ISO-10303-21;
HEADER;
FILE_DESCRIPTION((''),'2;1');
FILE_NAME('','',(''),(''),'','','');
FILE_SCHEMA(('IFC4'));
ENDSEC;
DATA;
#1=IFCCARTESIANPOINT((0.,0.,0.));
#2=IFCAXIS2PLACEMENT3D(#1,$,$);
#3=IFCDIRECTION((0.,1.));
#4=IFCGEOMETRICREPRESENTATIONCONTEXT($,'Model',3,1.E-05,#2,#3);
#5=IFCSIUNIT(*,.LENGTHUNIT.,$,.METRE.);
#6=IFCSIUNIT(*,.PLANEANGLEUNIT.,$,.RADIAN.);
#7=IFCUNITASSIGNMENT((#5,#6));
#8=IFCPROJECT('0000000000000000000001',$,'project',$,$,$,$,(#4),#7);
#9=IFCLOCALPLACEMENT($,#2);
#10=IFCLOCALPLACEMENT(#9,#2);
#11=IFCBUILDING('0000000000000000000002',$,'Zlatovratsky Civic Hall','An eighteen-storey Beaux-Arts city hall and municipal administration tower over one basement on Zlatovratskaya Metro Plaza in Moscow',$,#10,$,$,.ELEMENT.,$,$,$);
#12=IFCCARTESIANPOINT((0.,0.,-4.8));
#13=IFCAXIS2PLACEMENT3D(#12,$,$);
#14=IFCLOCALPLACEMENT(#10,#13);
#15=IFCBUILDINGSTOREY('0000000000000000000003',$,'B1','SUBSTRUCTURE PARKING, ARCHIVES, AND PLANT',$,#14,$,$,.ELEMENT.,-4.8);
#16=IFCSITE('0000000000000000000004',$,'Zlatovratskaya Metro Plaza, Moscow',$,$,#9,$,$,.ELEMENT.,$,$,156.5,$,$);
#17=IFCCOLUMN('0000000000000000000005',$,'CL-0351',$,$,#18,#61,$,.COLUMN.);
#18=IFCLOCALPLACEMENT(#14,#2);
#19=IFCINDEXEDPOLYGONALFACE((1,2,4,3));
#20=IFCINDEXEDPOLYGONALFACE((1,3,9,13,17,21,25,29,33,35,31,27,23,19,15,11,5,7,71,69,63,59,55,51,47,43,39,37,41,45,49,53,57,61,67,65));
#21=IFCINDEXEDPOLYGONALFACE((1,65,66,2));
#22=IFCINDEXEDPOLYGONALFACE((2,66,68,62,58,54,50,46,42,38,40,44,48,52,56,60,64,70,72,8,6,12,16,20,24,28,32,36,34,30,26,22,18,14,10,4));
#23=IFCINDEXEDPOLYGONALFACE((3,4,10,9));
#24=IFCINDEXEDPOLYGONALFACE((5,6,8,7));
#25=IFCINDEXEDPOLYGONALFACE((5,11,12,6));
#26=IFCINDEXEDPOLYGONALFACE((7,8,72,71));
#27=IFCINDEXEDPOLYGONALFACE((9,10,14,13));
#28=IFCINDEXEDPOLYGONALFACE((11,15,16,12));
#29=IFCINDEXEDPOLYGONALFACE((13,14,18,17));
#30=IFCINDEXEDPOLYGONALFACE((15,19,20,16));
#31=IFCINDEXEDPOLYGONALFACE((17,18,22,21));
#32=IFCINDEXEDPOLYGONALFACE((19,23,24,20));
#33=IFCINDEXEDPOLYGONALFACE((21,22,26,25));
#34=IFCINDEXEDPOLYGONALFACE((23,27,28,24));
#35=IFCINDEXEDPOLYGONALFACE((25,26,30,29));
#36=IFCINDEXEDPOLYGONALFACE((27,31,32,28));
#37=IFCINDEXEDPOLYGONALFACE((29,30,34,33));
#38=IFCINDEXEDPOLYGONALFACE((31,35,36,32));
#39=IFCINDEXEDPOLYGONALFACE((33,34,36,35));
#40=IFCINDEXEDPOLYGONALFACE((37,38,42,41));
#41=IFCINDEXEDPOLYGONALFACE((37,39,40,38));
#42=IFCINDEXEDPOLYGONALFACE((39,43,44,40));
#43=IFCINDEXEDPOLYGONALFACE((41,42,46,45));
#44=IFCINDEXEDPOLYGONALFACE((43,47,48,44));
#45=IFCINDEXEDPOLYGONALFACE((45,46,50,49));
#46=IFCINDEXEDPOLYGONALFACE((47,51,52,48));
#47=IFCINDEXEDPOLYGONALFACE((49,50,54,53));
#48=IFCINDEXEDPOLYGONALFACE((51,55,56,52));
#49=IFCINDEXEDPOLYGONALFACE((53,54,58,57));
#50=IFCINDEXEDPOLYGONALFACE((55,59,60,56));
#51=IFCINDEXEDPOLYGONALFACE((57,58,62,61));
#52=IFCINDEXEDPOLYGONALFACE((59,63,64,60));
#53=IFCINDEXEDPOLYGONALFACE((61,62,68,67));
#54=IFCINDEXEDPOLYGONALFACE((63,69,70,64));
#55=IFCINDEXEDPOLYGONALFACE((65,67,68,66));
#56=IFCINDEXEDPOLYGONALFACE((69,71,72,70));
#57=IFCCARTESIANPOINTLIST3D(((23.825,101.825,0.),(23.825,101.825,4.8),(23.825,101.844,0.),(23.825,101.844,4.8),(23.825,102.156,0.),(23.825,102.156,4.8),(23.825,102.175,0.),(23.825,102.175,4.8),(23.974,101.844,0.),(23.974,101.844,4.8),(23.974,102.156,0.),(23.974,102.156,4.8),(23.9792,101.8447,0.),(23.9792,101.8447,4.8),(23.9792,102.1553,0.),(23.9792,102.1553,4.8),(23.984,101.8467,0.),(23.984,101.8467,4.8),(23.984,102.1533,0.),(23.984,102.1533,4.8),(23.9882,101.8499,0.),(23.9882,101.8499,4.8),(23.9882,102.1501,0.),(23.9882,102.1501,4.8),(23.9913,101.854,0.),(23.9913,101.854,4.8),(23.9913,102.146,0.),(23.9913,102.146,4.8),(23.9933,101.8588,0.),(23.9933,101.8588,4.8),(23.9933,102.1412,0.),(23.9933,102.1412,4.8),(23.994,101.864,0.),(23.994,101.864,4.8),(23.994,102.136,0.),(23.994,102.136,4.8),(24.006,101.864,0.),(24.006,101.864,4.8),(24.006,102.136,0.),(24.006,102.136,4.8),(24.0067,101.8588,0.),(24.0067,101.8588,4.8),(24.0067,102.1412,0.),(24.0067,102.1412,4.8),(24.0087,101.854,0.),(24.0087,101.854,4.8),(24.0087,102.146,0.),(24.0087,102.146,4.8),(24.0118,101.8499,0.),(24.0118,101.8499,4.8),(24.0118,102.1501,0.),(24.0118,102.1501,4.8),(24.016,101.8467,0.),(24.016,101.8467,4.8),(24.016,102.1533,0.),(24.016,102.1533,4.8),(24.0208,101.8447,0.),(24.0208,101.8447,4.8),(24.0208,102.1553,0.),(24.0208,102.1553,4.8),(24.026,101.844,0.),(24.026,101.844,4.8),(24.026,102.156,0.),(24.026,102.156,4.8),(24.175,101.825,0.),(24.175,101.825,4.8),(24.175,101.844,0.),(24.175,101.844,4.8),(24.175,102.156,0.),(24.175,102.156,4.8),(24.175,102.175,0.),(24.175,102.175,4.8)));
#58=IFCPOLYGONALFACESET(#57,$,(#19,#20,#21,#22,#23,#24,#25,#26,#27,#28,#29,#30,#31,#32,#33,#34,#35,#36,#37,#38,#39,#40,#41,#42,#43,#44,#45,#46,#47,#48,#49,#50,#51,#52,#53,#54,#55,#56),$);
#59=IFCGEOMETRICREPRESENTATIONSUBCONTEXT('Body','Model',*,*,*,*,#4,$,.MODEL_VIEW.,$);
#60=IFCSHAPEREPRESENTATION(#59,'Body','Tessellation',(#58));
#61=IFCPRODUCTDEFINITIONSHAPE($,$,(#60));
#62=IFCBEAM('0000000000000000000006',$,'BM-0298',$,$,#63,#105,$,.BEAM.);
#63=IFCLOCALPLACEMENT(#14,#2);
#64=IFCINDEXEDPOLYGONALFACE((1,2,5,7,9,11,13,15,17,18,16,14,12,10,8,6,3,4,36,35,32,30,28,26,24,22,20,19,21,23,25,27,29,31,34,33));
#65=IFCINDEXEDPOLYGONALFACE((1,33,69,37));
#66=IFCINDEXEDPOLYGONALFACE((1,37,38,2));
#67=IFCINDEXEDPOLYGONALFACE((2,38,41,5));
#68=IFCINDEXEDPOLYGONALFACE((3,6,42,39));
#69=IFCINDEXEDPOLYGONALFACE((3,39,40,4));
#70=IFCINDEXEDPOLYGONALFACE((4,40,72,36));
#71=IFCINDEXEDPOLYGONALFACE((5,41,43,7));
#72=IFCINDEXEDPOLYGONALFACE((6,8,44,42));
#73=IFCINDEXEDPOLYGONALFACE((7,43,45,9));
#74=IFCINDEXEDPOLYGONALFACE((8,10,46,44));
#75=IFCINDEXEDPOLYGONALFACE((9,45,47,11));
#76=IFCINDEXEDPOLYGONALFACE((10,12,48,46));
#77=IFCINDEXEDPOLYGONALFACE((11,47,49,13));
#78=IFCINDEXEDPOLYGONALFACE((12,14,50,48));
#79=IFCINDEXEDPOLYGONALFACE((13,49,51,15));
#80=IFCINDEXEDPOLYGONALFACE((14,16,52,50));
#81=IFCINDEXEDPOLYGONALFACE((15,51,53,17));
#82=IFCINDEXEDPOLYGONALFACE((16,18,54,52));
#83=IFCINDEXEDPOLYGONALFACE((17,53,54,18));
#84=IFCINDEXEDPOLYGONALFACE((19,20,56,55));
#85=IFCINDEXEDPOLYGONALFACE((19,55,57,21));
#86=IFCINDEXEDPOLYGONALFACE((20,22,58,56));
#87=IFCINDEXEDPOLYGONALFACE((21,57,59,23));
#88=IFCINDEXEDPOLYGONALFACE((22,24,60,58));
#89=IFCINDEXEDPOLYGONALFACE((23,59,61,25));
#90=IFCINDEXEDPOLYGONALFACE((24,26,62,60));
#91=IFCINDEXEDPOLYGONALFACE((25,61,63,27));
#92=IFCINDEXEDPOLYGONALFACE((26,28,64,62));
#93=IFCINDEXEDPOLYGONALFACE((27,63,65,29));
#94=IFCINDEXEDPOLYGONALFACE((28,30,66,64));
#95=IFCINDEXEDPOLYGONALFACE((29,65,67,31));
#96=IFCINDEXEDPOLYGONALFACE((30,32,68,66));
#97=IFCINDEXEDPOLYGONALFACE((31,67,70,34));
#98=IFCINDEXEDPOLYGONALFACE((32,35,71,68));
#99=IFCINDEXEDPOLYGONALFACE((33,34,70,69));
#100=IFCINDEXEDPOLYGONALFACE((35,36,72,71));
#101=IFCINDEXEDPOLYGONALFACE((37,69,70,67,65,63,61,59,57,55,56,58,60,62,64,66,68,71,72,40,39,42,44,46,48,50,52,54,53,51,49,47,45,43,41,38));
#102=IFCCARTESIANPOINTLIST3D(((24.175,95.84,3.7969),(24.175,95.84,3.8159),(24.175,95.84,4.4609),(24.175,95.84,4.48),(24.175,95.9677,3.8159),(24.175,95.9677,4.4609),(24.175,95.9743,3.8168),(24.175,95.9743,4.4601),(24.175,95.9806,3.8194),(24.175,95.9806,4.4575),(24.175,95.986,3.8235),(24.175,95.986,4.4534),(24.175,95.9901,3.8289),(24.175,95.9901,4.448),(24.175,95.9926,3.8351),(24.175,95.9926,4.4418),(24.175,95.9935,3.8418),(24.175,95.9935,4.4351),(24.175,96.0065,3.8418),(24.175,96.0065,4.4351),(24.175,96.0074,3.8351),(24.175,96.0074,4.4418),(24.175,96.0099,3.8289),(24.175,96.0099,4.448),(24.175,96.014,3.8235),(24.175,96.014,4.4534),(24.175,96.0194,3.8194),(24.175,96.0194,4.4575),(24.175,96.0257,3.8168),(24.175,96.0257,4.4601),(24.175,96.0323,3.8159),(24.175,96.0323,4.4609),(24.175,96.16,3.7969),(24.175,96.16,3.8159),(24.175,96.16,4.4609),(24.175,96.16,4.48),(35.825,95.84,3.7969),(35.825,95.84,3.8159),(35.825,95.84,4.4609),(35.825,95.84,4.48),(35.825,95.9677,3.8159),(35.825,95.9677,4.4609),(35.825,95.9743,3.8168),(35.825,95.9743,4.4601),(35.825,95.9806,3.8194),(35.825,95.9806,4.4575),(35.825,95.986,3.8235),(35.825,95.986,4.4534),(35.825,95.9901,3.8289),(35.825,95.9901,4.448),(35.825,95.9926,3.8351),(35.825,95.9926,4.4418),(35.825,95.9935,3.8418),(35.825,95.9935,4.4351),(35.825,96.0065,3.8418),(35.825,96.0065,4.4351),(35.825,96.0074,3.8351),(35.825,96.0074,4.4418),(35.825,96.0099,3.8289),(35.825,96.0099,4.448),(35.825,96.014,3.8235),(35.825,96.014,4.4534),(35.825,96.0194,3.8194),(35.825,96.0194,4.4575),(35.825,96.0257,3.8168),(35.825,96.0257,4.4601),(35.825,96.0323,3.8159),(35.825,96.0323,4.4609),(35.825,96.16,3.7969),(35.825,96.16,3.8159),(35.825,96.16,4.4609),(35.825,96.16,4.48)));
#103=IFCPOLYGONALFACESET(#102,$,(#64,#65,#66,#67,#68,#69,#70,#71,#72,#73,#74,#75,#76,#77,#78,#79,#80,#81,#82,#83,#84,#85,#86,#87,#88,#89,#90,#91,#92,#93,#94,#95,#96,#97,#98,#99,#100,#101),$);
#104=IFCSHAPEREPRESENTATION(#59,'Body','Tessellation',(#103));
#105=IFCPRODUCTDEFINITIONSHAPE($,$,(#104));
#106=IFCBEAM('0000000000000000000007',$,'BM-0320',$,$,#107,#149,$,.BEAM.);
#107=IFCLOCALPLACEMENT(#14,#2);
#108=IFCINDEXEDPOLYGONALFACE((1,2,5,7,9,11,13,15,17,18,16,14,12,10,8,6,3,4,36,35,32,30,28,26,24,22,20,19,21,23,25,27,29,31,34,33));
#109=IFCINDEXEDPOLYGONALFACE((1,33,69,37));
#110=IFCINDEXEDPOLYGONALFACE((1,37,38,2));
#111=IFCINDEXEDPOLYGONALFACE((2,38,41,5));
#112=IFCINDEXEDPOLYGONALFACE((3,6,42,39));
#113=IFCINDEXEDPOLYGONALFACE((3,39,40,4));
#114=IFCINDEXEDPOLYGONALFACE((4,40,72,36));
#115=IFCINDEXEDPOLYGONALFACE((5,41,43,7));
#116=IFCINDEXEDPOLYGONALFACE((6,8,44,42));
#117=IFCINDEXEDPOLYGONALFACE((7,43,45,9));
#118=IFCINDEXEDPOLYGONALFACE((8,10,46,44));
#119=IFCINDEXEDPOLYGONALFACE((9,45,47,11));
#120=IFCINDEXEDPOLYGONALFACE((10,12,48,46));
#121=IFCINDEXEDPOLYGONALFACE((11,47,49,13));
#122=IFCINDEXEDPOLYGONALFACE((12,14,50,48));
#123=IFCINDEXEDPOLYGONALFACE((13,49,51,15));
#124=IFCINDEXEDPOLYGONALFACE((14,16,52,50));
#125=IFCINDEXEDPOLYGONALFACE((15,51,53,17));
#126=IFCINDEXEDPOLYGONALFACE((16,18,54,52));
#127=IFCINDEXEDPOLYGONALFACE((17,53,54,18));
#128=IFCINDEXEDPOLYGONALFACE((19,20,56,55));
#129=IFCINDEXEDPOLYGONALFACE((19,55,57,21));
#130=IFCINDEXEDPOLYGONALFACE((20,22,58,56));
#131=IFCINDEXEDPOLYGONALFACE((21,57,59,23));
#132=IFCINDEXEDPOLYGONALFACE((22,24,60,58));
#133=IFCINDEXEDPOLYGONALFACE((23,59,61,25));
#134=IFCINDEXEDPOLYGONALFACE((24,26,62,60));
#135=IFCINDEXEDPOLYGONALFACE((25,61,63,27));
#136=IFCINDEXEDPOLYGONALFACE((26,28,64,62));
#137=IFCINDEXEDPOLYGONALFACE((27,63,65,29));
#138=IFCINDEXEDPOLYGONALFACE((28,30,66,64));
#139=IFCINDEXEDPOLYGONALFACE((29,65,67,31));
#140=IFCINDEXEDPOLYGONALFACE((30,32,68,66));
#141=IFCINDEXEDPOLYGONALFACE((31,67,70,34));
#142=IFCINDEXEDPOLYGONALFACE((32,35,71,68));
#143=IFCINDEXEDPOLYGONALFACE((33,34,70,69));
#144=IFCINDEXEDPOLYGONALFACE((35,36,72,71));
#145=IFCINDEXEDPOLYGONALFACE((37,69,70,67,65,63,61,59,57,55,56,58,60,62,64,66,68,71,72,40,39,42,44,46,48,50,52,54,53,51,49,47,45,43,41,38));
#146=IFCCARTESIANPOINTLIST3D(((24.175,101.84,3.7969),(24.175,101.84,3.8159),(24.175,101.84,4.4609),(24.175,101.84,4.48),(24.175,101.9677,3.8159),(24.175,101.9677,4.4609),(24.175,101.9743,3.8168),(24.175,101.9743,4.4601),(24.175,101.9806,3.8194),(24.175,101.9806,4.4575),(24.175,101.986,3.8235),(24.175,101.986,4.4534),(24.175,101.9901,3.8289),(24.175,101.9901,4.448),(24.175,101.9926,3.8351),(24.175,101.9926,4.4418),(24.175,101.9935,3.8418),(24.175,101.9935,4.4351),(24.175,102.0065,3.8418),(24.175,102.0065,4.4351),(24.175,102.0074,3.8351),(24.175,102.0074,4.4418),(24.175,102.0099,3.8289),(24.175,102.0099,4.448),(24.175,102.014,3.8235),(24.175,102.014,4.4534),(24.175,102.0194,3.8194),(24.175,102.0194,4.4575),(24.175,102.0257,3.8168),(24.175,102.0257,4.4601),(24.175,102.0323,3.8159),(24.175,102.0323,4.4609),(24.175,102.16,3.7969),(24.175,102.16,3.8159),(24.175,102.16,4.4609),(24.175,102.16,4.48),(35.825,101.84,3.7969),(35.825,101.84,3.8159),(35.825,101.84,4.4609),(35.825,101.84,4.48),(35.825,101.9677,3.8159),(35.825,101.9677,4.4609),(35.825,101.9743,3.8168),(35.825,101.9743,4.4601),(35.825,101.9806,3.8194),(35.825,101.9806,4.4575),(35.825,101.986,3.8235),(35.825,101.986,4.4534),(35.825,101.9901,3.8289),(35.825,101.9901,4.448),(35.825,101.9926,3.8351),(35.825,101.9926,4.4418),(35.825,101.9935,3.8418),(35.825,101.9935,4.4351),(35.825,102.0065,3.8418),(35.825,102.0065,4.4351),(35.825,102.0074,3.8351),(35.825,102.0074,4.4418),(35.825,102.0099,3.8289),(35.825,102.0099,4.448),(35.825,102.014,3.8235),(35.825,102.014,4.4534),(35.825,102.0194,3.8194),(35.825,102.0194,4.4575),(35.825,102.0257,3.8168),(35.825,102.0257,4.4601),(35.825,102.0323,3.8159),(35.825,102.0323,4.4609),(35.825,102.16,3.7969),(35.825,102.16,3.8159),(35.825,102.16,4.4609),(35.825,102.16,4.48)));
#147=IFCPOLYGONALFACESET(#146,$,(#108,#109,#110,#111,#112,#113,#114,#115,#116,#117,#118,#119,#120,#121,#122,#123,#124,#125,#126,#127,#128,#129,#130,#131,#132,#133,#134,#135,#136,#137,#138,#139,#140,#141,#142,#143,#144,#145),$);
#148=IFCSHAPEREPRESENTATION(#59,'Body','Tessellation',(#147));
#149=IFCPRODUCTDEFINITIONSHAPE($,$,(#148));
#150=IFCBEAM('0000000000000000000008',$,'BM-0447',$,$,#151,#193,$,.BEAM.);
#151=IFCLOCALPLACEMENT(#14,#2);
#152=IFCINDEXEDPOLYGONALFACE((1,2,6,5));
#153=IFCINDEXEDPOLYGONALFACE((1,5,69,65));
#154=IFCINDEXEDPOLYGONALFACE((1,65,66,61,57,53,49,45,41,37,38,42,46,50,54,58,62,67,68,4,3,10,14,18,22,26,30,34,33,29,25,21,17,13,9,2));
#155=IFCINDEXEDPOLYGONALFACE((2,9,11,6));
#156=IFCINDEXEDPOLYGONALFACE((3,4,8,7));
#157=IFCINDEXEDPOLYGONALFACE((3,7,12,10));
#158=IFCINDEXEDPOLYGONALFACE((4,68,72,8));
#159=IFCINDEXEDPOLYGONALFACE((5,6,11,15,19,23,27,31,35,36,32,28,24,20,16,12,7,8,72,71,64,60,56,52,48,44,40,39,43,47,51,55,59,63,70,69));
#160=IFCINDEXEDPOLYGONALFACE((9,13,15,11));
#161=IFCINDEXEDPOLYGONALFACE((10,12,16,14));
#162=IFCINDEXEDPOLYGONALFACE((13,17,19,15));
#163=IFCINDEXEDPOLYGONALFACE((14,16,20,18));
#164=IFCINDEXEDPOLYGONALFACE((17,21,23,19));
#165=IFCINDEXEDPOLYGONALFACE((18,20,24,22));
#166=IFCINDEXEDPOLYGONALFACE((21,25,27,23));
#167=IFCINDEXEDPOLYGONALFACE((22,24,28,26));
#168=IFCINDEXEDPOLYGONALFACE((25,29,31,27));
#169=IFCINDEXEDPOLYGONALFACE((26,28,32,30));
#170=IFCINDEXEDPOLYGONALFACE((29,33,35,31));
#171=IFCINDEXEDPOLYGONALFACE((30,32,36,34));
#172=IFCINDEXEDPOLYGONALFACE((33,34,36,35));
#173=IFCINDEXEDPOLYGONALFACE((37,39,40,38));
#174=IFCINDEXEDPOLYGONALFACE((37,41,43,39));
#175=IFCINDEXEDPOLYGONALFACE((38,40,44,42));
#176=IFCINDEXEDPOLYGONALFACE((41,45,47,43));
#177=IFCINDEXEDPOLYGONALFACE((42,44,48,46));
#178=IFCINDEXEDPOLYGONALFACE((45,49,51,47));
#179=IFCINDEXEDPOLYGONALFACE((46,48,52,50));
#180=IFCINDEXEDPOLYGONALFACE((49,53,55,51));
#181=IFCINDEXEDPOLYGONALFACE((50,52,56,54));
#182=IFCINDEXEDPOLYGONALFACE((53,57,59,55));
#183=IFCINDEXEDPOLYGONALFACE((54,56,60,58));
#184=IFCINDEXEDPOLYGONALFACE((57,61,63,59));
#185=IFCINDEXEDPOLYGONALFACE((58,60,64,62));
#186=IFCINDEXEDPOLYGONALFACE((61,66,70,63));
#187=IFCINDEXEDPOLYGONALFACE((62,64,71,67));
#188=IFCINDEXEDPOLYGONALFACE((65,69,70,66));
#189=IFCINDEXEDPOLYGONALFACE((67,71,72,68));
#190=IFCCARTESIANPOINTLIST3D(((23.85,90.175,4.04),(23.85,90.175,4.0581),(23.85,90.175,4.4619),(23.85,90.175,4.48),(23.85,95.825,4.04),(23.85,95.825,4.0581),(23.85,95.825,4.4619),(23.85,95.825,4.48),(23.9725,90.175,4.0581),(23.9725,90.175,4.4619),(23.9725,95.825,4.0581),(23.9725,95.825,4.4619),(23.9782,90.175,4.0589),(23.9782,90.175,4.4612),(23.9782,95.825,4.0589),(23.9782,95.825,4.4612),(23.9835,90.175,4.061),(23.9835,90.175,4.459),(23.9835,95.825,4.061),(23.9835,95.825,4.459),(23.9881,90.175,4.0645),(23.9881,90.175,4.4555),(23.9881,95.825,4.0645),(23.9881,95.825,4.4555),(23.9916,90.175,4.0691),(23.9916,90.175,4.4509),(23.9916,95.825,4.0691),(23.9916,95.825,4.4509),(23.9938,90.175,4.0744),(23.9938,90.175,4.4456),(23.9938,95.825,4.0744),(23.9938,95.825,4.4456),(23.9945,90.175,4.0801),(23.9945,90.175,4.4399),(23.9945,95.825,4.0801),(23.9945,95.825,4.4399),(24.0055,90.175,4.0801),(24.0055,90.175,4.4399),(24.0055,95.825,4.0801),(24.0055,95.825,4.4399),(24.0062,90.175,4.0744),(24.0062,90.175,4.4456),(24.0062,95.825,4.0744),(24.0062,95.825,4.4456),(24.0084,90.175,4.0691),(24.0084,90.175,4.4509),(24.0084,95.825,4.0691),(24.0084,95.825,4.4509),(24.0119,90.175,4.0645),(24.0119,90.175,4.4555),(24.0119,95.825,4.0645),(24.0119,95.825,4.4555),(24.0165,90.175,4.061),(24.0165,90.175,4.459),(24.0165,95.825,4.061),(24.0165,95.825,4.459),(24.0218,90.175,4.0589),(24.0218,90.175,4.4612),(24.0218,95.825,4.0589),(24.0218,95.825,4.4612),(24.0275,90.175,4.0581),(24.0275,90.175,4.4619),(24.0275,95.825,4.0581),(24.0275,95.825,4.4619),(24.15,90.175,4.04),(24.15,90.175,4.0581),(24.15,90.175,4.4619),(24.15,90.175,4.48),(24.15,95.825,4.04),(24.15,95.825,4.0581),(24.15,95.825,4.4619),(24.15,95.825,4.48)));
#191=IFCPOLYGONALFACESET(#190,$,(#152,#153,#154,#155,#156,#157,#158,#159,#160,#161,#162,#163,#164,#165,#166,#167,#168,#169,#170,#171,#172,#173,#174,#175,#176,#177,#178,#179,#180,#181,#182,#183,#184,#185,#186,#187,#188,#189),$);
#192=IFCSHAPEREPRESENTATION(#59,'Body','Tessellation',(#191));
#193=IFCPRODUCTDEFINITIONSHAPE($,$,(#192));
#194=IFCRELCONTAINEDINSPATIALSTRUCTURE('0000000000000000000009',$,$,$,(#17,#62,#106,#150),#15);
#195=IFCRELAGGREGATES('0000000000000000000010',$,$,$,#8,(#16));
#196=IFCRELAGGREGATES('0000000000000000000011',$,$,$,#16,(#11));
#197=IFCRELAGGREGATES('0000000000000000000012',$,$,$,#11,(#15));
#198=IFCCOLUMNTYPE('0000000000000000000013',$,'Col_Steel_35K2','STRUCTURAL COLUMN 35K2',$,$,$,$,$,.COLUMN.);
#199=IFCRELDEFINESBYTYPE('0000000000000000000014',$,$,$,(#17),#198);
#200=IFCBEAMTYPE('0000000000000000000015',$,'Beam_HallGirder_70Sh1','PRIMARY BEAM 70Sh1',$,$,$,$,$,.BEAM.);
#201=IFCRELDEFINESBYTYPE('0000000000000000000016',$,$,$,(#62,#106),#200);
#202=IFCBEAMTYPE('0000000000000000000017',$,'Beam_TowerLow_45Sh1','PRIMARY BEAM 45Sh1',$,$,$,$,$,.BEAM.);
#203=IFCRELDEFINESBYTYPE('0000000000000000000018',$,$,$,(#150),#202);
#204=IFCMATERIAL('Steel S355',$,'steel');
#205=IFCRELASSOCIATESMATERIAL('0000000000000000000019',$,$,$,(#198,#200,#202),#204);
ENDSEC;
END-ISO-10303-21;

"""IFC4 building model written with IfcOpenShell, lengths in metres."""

from ifc_helpers import new_model, si_unit, direction, frame, origin, origin_2d, place, context, subcontext, project, spatial, i_section, extrude, material, material_profile, profile_set, type_object, element, save


model = new_model("IFC4")

# Units and contexts
model_context = context("Model", 3, precision=1e-05, world=origin(), true_north=direction((0.0, 1.0)))
body_context = subcontext(model_context, "Body", "Model", "MODEL_VIEW")
ifc_project = project(units=[si_unit("LENGTHUNIT", "METRE"), si_unit("PLANEANGLEUNIT", "RADIAN")], contexts=[model_context])

# Site, building, storey
site_placement = place(None, origin())
site = spatial("IfcSite", under=ifc_project, at=site_placement, Name="Zlatovratskaya Metro Plaza, Moscow", CompositionType="ELEMENT", RefElevation=156.5)
building_placement = place(site_placement, origin())
building = spatial("IfcBuilding", under=site, at=building_placement, Name="Zlatovratsky Civic Hall", Description="An eighteen-storey Beaux-Arts city hall and municipal administration tower over one basement on Zlatovratskaya Metro Plaza in Moscow", CompositionType="ELEMENT")
storey_placement = place(building_placement, frame((0.0, 0.0, -4.8)))
storey = spatial("IfcBuildingStorey", under=building, at=storey_placement, Name="B1", Description="SUBSTRUCTURE PARKING, ARCHIVES, AND PLANT", CompositionType="ELEMENT", Elevation=-4.8)

# Column
ifc_material_1 = material(Name="Steel S355", Category="steel")
ifc_material_profile_1 = material_profile(ifc_material_1, i_section(OverallWidth=0.3501, OverallDepth=0.3501, WebThickness=0.012, FlangeThickness=0.019, FilletRadius=0.02, at=origin_2d()), Name="35K2")
ifc_profile_set_1 = profile_set([ifc_material_profile_1], Name="Steel S355")
column_type = type_object("IfcColumnType", Name="Col_Steel_35K2", Description="STRUCTURAL COLUMN 35K2", PredefinedType="COLUMN", material=ifc_profile_set_1)
for number, where, z_axis, x_axis, name in (
    (1, (24.0, 102.0, 0.0), (0.0, 0.0, 1.0), (1.0, 0.0, 0.0), "CL-0351"),
):
    element("IfcColumn", number, at=place(storey_placement, frame(where, z_axis=z_axis, x_axis=x_axis)), inside=storey, type_object=column_type, Name=name, PredefinedType="COLUMN", context=body_context, shape_type="SweptSolid", body=[
        extrude(i_section(OverallWidth=0.3501, OverallDepth=0.3501, WebThickness=0.012, FlangeThickness=0.019, FilletRadius=0.02, at=origin_2d()), origin(), (0.0, 0.0, 1.0), 4.8),
    ])

# Beams
ifc_material_profile_2 = material_profile(ifc_material_1, i_section(OverallWidth=0.3201, OverallDepth=0.6831, WebThickness=0.0129, FlangeThickness=0.019, FilletRadius=0.0259, at=origin_2d()), Name="70Sh1")
ifc_profile_set_2 = profile_set([ifc_material_profile_2], Name="Steel S355")
beam_type_1 = type_object("IfcBeamType", Name="Beam_HallGirder_70Sh1", Description="PRIMARY BEAM 70Sh1", PredefinedType="BEAM", material=ifc_profile_set_2)
for number, where, z_axis, x_axis, name in (
    (2, (24.175, 96.0, 4.1384), (1.0, 0.0, 0.0), (0.0, 1.0, 0.0), "BM-0298"),
    (3, (24.175, 102.0, 4.1384), (1.0, 0.0, 0.0), (0.0, 1.0, 0.0), "BM-0320"),
):
    element("IfcBeam", number, at=place(storey_placement, frame(where, z_axis=z_axis, x_axis=x_axis)), inside=storey, type_object=beam_type_1, Name=name, PredefinedType="BEAM", context=body_context, shape_type="SweptSolid", body=[
        extrude(i_section(OverallWidth=0.3201, OverallDepth=0.6831, WebThickness=0.0129, FlangeThickness=0.019, FilletRadius=0.0259, at=origin_2d()), origin(), (0.0, 0.0, 1.0), 11.6499),
    ])
ifc_material_profile_3 = material_profile(ifc_material_1, i_section(OverallWidth=0.3, OverallDepth=0.4399, WebThickness=0.011, FlangeThickness=0.0181, FilletRadius=0.022, at=origin_2d()), Name="45Sh1")
ifc_profile_set_3 = profile_set([ifc_material_profile_3], Name="Steel S355")
beam_type_2 = type_object("IfcBeamType", Name="Beam_TowerLow_45Sh1", Description="PRIMARY BEAM 45Sh1", PredefinedType="BEAM", material=ifc_profile_set_3)
for number, where, z_axis, x_axis, name in (
    (4, (24.0, 90.175, 4.26), (0.0, 1.0, 0.0), (-1.0, 0.0, 0.0), "BM-0447"),
):
    element("IfcBeam", number, at=place(storey_placement, frame(where, z_axis=z_axis, x_axis=x_axis)), inside=storey, type_object=beam_type_2, Name=name, PredefinedType="BEAM", context=body_context, shape_type="SweptSolid", body=[
        extrude(i_section(OverallWidth=0.3, OverallDepth=0.4399, WebThickness=0.011, FlangeThickness=0.0181, FilletRadius=0.022, at=origin_2d()), origin(), (0.0, 0.0, 1.0), 5.6499),
    ])

save(model, "model.ifc")
